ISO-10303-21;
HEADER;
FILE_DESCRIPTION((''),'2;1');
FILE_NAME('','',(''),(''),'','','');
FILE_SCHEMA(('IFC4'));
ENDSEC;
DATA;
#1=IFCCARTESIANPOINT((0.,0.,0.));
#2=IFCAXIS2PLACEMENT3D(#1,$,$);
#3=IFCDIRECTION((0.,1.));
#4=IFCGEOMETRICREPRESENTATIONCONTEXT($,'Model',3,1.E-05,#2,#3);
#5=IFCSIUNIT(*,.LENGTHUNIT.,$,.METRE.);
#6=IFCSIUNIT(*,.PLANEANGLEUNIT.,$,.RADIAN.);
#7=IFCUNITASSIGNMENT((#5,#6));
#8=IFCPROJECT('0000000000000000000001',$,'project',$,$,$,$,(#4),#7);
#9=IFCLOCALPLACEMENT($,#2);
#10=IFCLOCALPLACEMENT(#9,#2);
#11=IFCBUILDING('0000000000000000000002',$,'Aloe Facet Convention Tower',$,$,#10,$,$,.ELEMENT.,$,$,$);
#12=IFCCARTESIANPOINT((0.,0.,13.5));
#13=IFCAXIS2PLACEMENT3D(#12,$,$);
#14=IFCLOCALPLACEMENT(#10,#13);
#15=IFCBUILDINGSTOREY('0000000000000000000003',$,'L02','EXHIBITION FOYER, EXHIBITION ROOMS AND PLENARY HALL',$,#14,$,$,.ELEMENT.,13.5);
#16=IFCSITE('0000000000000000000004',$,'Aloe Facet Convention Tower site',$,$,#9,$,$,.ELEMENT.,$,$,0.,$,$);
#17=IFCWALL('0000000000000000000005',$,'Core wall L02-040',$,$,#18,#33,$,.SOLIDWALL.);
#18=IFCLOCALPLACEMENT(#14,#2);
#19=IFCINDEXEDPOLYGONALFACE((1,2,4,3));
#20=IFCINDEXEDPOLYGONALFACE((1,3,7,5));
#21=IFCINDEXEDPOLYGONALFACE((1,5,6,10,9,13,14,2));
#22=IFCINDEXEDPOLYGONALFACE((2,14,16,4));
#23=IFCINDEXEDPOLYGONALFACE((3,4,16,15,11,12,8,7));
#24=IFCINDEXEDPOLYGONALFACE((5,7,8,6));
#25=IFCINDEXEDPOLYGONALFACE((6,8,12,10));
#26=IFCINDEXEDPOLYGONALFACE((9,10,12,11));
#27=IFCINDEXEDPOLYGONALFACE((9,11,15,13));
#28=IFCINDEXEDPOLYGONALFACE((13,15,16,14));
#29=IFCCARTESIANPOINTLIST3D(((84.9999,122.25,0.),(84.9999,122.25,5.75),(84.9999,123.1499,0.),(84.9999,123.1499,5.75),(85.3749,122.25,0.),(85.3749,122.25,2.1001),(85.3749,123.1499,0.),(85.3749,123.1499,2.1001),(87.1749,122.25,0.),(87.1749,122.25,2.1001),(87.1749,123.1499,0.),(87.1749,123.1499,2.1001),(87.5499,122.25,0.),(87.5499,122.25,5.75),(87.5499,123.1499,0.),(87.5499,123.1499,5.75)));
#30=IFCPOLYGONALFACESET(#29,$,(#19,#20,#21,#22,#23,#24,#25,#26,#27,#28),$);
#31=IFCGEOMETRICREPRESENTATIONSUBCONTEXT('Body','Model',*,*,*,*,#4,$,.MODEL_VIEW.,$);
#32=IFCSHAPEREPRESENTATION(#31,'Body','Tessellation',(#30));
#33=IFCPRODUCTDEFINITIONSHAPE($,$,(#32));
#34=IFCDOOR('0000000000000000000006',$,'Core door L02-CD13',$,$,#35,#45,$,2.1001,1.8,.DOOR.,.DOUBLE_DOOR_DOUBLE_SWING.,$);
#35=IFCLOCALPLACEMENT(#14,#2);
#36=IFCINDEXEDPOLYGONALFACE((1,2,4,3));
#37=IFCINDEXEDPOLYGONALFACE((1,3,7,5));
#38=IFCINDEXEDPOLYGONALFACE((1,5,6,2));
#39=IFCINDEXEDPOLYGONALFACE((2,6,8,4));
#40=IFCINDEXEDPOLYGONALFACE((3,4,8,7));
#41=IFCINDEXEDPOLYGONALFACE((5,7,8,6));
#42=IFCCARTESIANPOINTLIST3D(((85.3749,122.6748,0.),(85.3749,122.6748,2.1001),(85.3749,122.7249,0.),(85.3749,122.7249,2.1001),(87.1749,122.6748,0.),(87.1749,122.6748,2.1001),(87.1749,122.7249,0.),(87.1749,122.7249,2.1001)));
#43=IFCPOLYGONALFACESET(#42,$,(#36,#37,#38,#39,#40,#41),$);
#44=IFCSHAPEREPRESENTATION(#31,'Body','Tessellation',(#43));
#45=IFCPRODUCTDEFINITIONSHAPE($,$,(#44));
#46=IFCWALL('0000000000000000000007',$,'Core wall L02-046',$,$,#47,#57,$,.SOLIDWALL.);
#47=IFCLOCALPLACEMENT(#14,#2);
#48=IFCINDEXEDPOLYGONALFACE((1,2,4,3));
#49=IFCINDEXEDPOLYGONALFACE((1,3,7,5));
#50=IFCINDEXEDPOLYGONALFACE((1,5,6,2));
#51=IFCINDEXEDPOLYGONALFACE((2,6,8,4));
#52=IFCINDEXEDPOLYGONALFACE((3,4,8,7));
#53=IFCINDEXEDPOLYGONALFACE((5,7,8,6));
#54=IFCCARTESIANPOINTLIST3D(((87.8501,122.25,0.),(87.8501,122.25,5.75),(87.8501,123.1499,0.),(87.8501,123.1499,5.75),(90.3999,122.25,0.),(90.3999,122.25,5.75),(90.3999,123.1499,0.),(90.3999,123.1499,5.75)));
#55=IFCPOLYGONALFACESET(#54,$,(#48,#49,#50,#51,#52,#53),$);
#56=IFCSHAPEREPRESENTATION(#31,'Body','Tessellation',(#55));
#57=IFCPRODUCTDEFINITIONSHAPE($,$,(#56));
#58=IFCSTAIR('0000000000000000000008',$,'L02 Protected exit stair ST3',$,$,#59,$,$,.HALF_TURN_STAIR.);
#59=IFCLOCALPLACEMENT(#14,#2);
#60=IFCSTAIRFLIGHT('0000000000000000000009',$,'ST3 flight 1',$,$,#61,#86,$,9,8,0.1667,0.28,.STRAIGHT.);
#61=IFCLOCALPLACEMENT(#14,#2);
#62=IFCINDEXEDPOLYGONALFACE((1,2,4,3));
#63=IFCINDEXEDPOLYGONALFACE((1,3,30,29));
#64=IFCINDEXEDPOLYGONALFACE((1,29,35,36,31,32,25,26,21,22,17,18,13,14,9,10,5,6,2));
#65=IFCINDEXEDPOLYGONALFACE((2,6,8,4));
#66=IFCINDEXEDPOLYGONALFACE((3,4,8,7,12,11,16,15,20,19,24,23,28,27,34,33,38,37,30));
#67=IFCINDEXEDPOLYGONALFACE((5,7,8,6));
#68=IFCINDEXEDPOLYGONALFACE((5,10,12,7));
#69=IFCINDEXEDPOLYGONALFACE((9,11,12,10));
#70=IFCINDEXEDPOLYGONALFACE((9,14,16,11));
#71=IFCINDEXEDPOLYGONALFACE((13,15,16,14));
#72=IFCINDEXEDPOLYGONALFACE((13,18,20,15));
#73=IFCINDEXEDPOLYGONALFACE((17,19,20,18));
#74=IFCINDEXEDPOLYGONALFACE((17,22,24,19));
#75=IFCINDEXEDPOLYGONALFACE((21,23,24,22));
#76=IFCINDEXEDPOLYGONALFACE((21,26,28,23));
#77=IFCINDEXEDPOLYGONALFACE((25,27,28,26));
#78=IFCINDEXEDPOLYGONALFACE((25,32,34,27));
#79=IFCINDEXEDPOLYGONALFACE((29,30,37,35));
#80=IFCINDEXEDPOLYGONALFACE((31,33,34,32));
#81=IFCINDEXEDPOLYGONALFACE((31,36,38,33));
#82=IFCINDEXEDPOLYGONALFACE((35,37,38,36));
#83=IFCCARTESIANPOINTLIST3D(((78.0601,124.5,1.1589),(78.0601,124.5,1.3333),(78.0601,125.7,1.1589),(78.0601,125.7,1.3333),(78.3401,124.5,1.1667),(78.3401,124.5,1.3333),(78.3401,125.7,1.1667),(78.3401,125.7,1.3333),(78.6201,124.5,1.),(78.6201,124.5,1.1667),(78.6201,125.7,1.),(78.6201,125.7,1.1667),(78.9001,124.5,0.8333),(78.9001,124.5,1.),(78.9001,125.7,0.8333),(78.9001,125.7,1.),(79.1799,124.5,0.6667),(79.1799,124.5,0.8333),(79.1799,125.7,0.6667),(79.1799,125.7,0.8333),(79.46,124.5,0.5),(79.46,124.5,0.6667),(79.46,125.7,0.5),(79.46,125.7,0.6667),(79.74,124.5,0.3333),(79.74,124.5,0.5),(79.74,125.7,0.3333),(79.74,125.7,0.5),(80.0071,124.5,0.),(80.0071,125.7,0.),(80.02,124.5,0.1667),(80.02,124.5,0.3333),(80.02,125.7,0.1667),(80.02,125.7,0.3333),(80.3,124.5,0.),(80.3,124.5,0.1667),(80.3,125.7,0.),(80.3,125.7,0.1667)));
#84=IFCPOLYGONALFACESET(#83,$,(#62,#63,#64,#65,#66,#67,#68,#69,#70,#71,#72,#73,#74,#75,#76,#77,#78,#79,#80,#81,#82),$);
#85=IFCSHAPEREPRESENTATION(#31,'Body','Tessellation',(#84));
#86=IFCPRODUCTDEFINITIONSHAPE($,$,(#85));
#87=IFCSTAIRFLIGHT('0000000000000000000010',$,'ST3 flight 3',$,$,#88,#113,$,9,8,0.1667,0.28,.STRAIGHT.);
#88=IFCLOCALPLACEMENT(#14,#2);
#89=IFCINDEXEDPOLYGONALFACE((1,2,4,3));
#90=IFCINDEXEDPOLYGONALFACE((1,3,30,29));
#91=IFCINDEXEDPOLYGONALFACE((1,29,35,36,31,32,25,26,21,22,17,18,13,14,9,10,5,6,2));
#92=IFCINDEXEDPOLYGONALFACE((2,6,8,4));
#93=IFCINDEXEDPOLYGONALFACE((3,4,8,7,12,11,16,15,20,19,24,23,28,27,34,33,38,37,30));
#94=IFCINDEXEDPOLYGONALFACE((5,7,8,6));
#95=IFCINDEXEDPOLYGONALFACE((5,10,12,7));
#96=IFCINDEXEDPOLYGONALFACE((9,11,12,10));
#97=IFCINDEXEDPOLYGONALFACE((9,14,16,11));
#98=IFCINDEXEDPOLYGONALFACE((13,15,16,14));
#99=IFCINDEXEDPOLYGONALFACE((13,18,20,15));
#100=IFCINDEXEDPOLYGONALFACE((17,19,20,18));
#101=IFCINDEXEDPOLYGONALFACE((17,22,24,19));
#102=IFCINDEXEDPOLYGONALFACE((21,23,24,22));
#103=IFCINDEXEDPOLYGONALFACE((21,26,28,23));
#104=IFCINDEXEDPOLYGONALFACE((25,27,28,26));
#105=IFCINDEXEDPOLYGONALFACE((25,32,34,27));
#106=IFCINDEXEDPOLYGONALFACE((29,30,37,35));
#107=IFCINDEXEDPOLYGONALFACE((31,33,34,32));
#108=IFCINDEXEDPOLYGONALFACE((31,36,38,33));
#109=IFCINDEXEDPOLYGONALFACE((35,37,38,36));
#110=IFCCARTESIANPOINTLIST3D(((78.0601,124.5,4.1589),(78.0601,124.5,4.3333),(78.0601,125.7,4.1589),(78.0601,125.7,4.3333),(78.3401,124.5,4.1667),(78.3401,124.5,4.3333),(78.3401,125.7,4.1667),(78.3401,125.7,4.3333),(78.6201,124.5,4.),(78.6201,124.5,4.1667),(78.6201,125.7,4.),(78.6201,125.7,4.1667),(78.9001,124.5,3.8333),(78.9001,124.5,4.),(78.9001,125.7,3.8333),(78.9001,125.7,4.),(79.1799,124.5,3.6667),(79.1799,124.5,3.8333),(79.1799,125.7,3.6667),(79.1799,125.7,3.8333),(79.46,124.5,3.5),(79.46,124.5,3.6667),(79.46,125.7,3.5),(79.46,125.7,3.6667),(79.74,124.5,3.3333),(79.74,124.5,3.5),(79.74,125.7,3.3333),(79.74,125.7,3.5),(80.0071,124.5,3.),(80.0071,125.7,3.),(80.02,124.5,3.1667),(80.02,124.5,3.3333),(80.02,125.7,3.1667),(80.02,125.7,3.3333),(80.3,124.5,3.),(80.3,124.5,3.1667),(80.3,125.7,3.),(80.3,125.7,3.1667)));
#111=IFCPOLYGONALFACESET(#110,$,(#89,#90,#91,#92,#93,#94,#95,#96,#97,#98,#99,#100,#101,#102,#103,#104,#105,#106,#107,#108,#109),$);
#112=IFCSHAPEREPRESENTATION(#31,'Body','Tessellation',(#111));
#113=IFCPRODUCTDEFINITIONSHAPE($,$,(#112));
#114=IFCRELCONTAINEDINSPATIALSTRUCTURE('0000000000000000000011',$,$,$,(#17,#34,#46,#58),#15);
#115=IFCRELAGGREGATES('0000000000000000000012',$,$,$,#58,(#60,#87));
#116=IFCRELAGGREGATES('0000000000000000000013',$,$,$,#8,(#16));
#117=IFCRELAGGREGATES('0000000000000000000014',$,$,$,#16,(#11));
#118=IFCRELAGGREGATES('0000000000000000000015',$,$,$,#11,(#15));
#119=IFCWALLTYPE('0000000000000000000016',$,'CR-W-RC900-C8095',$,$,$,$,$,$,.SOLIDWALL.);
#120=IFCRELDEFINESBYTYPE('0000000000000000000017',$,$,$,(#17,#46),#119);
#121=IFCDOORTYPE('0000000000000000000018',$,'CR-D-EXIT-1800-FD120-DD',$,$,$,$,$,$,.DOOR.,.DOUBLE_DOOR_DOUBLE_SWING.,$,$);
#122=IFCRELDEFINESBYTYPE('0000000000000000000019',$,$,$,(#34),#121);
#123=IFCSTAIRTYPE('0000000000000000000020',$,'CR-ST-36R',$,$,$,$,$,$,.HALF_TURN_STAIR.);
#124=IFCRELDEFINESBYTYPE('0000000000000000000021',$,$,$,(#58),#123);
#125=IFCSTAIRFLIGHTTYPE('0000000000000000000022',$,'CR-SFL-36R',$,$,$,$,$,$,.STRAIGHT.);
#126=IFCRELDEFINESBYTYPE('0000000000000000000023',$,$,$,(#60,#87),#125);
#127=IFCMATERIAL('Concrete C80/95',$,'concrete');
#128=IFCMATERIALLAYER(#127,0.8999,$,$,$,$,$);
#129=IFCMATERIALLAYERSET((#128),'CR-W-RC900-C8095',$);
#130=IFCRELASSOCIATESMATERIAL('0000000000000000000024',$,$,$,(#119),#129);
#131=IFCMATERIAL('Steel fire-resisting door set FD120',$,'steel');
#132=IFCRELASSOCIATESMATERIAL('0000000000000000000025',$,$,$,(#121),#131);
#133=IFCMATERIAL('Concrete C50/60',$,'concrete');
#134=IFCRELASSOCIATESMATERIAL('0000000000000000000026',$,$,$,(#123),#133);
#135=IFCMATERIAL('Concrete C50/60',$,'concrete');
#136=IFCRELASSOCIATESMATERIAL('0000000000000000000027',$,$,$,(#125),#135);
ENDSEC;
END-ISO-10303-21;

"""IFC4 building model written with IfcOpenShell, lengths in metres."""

from ifc_helpers import new_model, si_unit, direction, frame, frame_2d, origin, place, context, subcontext, project, spatial, polyline, rectangle, outline, extrude, material, layer, layer_set, type_object, element, fill, aggregate, save


model = new_model("IFC4")

# Units and contexts
model_context = context("Model", 3, precision=1e-05, world=origin(), true_north=direction((0.0, 1.0)))
body_context = subcontext(model_context, "Body", "Model", "MODEL_VIEW")
ifc_project = project(units=[si_unit("LENGTHUNIT", "METRE"), si_unit("PLANEANGLEUNIT", "RADIAN")], contexts=[model_context])

# Site, building, storey
site_placement = place(None, origin())
site = spatial("IfcSite", under=ifc_project, at=site_placement, Name="Aloe Facet Convention Tower site", CompositionType="ELEMENT", RefElevation=0.0)
building_placement = place(site_placement, origin())
building = spatial("IfcBuilding", under=site, at=building_placement, Name="Aloe Facet Convention Tower", CompositionType="ELEMENT")
storey_placement = place(building_placement, frame((0.0, 0.0, 13.5)))
storey = spatial("IfcBuildingStorey", under=building, at=storey_placement, Name="L02", Description="EXHIBITION FOYER, EXHIBITION ROOMS AND PLENARY HALL", CompositionType="ELEMENT", Elevation=13.5)

# Wall, opening, door
ifc_material_1 = material(Name="Concrete C80/95", Category="concrete")
ifc_layer_1 = layer(ifc_material_1, 0.8999)
ifc_layer_set_1 = layer_set([ifc_layer_1], Name="CR-W-RC900-C8095")
wall_type_1 = type_object("IfcWallType", Name="CR-W-RC900-C8095", PredefinedType="SOLIDWALL", material=ifc_layer_set_1)
wall_1_placement = place(storey_placement, frame((85.0, 122.7, 0.0), z_axis=(0.0, 0.0, 1.0), x_axis=(1.0, 0.0, 0.0)))
wall_1 = element("IfcWall", 1, at=wall_1_placement, inside=storey, type_object=wall_type_1, Name="Core wall L02-040", PredefinedType="SOLIDWALL", context=body_context, shape_type="SweptSolid", body=[
    extrude(rectangle(XDim=2.55, YDim=0.8999, at=frame_2d((1.2749, 0.0))), origin(), (0.0, 0.0, 1.0), 5.75),
])
opening_1_placement = place(wall_1_placement, frame((0.375, 0.0, 0.0)))
opening_1 = element("IfcOpeningElement", 2, at=opening_1_placement, cuts=wall_1, PredefinedType="OPENING", context=body_context, shape_type="SweptSolid", body=[
    extrude(rectangle(XDim=1.8, YDim=2.1001, at=frame_2d((0.8999, 1.05))), frame((0.0, 0.46, 0.0), z_axis=(0.0, -1.0, 0.0), x_axis=(1.0, 0.0, 0.0)), (0.0, 0.0, 1.0), 0.9199),
])
ifc_material_2 = material(Name="Steel fire-resisting door set FD120", Category="steel")
door_type_1 = type_object("IfcDoorType", Name="CR-D-EXIT-1800-FD120-DD", OperationType="DOUBLE_DOOR_DOUBLE_SWING", PredefinedType="DOOR", material=ifc_material_2)
door_1_placement = place(opening_1_placement, origin())
door_1 = element("IfcDoor", 3, at=door_1_placement, inside=storey, type_object=door_type_1, Name="Core door L02-CD13", OperationType="DOUBLE_DOOR_DOUBLE_SWING", OverallHeight=2.1001, OverallWidth=1.8, PredefinedType="DOOR", context=body_context, shape_type="SweptSolid", body=[
    extrude(rectangle(XDim=1.8, YDim=2.1001, at=frame_2d((0.8999, 1.05))), frame((0.0, 0.0249, 0.0), z_axis=(0.0, -1.0, 0.0), x_axis=(1.0, 0.0, 0.0)), (0.0, 0.0, 1.0), 0.05),
])
fill(opening_1, door_1)

# Wall
wall_2_placement = place(storey_placement, frame((87.8501, 122.7, 0.0), z_axis=(0.0, 0.0, 1.0), x_axis=(1.0, 0.0, 0.0)))
element("IfcWall", 4, at=wall_2_placement, inside=storey, type_object=wall_type_1, Name="Core wall L02-046", PredefinedType="SOLIDWALL", context=body_context, shape_type="SweptSolid", body=[
    extrude(rectangle(XDim=2.5498, YDim=0.8999, at=frame_2d((1.2749, 0.0))), origin(), (0.0, 0.0, 1.0), 5.75),
])

# Stair, stair flights
ifc_material_3 = material(Name="Concrete C50/60", Category="concrete")
stair_type = type_object("IfcStairType", Name="CR-ST-36R", PredefinedType="HALF_TURN_STAIR", material=ifc_material_3)
stair_placement = place(storey_placement, origin())
stair = element("IfcStair", 5, at=stair_placement, inside=storey, type_object=stair_type, Name="L02 Protected exit stair ST3", PredefinedType="HALF_TURN_STAIR")
ifc_material_4 = material(Name="Concrete C50/60", Category="concrete")
stair_flight_type = type_object("IfcStairFlightType", Name="CR-SFL-36R", PredefinedType="STRAIGHT", material=ifc_material_4)
stair_flight_1_placement = place(storey_placement, frame((80.3, 125.1001, 0.0), z_axis=(0.0, 0.0, 1.0), x_axis=(-1.0, 0.0, 0.0)))
stair_flight_1 = element("IfcStairFlight", 6, at=stair_flight_1_placement, type_object=stair_flight_type, Name="ST3 flight 1", NumberOfRisers=9, NumberOfTreads=8, PredefinedType="STRAIGHT", RiserHeight=0.1667, TreadLength=0.28, context=body_context, shape_type="SweptSolid", body=[
    extrude(outline(polyline([(0.0, 0.0), (0.0, 0.1667), (0.28, 0.1667), (0.28, 0.3333), (0.5601, 0.3333), (0.5601, 0.5), (0.8401, 0.5), (0.8401, 0.6667), (1.1201, 0.6667), (1.1201, 0.8333), (1.3999, 0.8333), (1.3999, 1.0), (1.6799, 1.0), (1.6799, 1.1667), (1.96, 1.1667), (1.96, 1.3333), (2.24, 1.3333), (2.24, 1.5), (2.24, 1.1589), (0.293, 0.0), (0.0, 0.0)])), frame((0.0, 0.6001, 0.0), z_axis=(0.0, -1.0, 0.0), x_axis=(1.0, 0.0, 0.0)), (0.0, 0.0, 1.0), 1.2),
])
stair_flight_2_placement = place(storey_placement, frame((80.3, 125.1001, 3.0), z_axis=(0.0, 0.0, 1.0), x_axis=(-1.0, 0.0, 0.0)))
stair_flight_2 = element("IfcStairFlight", 7, at=stair_flight_2_placement, type_object=stair_flight_type, Name="ST3 flight 3", NumberOfRisers=9, NumberOfTreads=8, PredefinedType="STRAIGHT", RiserHeight=0.1667, TreadLength=0.28, context=body_context, shape_type="SweptSolid", body=[
    extrude(outline(polyline([(0.0, 0.0), (0.0, 0.1667), (0.28, 0.1667), (0.28, 0.3333), (0.5601, 0.3333), (0.5601, 0.5), (0.8401, 0.5), (0.8401, 0.6667), (1.1201, 0.6667), (1.1201, 0.8333), (1.3999, 0.8333), (1.3999, 1.0), (1.6799, 1.0), (1.6799, 1.1667), (1.96, 1.1667), (1.96, 1.3333), (2.24, 1.3333), (2.24, 1.5), (2.24, 1.1589), (0.293, 0.0), (0.0, 0.0)])), frame((0.0, 0.6001, 0.0), z_axis=(0.0, -1.0, 0.0), x_axis=(1.0, 0.0, 0.0)), (0.0, 0.0, 1.0), 1.2),
])
aggregate(stair, [stair_flight_1, stair_flight_2])

save(model, "model.ifc")
